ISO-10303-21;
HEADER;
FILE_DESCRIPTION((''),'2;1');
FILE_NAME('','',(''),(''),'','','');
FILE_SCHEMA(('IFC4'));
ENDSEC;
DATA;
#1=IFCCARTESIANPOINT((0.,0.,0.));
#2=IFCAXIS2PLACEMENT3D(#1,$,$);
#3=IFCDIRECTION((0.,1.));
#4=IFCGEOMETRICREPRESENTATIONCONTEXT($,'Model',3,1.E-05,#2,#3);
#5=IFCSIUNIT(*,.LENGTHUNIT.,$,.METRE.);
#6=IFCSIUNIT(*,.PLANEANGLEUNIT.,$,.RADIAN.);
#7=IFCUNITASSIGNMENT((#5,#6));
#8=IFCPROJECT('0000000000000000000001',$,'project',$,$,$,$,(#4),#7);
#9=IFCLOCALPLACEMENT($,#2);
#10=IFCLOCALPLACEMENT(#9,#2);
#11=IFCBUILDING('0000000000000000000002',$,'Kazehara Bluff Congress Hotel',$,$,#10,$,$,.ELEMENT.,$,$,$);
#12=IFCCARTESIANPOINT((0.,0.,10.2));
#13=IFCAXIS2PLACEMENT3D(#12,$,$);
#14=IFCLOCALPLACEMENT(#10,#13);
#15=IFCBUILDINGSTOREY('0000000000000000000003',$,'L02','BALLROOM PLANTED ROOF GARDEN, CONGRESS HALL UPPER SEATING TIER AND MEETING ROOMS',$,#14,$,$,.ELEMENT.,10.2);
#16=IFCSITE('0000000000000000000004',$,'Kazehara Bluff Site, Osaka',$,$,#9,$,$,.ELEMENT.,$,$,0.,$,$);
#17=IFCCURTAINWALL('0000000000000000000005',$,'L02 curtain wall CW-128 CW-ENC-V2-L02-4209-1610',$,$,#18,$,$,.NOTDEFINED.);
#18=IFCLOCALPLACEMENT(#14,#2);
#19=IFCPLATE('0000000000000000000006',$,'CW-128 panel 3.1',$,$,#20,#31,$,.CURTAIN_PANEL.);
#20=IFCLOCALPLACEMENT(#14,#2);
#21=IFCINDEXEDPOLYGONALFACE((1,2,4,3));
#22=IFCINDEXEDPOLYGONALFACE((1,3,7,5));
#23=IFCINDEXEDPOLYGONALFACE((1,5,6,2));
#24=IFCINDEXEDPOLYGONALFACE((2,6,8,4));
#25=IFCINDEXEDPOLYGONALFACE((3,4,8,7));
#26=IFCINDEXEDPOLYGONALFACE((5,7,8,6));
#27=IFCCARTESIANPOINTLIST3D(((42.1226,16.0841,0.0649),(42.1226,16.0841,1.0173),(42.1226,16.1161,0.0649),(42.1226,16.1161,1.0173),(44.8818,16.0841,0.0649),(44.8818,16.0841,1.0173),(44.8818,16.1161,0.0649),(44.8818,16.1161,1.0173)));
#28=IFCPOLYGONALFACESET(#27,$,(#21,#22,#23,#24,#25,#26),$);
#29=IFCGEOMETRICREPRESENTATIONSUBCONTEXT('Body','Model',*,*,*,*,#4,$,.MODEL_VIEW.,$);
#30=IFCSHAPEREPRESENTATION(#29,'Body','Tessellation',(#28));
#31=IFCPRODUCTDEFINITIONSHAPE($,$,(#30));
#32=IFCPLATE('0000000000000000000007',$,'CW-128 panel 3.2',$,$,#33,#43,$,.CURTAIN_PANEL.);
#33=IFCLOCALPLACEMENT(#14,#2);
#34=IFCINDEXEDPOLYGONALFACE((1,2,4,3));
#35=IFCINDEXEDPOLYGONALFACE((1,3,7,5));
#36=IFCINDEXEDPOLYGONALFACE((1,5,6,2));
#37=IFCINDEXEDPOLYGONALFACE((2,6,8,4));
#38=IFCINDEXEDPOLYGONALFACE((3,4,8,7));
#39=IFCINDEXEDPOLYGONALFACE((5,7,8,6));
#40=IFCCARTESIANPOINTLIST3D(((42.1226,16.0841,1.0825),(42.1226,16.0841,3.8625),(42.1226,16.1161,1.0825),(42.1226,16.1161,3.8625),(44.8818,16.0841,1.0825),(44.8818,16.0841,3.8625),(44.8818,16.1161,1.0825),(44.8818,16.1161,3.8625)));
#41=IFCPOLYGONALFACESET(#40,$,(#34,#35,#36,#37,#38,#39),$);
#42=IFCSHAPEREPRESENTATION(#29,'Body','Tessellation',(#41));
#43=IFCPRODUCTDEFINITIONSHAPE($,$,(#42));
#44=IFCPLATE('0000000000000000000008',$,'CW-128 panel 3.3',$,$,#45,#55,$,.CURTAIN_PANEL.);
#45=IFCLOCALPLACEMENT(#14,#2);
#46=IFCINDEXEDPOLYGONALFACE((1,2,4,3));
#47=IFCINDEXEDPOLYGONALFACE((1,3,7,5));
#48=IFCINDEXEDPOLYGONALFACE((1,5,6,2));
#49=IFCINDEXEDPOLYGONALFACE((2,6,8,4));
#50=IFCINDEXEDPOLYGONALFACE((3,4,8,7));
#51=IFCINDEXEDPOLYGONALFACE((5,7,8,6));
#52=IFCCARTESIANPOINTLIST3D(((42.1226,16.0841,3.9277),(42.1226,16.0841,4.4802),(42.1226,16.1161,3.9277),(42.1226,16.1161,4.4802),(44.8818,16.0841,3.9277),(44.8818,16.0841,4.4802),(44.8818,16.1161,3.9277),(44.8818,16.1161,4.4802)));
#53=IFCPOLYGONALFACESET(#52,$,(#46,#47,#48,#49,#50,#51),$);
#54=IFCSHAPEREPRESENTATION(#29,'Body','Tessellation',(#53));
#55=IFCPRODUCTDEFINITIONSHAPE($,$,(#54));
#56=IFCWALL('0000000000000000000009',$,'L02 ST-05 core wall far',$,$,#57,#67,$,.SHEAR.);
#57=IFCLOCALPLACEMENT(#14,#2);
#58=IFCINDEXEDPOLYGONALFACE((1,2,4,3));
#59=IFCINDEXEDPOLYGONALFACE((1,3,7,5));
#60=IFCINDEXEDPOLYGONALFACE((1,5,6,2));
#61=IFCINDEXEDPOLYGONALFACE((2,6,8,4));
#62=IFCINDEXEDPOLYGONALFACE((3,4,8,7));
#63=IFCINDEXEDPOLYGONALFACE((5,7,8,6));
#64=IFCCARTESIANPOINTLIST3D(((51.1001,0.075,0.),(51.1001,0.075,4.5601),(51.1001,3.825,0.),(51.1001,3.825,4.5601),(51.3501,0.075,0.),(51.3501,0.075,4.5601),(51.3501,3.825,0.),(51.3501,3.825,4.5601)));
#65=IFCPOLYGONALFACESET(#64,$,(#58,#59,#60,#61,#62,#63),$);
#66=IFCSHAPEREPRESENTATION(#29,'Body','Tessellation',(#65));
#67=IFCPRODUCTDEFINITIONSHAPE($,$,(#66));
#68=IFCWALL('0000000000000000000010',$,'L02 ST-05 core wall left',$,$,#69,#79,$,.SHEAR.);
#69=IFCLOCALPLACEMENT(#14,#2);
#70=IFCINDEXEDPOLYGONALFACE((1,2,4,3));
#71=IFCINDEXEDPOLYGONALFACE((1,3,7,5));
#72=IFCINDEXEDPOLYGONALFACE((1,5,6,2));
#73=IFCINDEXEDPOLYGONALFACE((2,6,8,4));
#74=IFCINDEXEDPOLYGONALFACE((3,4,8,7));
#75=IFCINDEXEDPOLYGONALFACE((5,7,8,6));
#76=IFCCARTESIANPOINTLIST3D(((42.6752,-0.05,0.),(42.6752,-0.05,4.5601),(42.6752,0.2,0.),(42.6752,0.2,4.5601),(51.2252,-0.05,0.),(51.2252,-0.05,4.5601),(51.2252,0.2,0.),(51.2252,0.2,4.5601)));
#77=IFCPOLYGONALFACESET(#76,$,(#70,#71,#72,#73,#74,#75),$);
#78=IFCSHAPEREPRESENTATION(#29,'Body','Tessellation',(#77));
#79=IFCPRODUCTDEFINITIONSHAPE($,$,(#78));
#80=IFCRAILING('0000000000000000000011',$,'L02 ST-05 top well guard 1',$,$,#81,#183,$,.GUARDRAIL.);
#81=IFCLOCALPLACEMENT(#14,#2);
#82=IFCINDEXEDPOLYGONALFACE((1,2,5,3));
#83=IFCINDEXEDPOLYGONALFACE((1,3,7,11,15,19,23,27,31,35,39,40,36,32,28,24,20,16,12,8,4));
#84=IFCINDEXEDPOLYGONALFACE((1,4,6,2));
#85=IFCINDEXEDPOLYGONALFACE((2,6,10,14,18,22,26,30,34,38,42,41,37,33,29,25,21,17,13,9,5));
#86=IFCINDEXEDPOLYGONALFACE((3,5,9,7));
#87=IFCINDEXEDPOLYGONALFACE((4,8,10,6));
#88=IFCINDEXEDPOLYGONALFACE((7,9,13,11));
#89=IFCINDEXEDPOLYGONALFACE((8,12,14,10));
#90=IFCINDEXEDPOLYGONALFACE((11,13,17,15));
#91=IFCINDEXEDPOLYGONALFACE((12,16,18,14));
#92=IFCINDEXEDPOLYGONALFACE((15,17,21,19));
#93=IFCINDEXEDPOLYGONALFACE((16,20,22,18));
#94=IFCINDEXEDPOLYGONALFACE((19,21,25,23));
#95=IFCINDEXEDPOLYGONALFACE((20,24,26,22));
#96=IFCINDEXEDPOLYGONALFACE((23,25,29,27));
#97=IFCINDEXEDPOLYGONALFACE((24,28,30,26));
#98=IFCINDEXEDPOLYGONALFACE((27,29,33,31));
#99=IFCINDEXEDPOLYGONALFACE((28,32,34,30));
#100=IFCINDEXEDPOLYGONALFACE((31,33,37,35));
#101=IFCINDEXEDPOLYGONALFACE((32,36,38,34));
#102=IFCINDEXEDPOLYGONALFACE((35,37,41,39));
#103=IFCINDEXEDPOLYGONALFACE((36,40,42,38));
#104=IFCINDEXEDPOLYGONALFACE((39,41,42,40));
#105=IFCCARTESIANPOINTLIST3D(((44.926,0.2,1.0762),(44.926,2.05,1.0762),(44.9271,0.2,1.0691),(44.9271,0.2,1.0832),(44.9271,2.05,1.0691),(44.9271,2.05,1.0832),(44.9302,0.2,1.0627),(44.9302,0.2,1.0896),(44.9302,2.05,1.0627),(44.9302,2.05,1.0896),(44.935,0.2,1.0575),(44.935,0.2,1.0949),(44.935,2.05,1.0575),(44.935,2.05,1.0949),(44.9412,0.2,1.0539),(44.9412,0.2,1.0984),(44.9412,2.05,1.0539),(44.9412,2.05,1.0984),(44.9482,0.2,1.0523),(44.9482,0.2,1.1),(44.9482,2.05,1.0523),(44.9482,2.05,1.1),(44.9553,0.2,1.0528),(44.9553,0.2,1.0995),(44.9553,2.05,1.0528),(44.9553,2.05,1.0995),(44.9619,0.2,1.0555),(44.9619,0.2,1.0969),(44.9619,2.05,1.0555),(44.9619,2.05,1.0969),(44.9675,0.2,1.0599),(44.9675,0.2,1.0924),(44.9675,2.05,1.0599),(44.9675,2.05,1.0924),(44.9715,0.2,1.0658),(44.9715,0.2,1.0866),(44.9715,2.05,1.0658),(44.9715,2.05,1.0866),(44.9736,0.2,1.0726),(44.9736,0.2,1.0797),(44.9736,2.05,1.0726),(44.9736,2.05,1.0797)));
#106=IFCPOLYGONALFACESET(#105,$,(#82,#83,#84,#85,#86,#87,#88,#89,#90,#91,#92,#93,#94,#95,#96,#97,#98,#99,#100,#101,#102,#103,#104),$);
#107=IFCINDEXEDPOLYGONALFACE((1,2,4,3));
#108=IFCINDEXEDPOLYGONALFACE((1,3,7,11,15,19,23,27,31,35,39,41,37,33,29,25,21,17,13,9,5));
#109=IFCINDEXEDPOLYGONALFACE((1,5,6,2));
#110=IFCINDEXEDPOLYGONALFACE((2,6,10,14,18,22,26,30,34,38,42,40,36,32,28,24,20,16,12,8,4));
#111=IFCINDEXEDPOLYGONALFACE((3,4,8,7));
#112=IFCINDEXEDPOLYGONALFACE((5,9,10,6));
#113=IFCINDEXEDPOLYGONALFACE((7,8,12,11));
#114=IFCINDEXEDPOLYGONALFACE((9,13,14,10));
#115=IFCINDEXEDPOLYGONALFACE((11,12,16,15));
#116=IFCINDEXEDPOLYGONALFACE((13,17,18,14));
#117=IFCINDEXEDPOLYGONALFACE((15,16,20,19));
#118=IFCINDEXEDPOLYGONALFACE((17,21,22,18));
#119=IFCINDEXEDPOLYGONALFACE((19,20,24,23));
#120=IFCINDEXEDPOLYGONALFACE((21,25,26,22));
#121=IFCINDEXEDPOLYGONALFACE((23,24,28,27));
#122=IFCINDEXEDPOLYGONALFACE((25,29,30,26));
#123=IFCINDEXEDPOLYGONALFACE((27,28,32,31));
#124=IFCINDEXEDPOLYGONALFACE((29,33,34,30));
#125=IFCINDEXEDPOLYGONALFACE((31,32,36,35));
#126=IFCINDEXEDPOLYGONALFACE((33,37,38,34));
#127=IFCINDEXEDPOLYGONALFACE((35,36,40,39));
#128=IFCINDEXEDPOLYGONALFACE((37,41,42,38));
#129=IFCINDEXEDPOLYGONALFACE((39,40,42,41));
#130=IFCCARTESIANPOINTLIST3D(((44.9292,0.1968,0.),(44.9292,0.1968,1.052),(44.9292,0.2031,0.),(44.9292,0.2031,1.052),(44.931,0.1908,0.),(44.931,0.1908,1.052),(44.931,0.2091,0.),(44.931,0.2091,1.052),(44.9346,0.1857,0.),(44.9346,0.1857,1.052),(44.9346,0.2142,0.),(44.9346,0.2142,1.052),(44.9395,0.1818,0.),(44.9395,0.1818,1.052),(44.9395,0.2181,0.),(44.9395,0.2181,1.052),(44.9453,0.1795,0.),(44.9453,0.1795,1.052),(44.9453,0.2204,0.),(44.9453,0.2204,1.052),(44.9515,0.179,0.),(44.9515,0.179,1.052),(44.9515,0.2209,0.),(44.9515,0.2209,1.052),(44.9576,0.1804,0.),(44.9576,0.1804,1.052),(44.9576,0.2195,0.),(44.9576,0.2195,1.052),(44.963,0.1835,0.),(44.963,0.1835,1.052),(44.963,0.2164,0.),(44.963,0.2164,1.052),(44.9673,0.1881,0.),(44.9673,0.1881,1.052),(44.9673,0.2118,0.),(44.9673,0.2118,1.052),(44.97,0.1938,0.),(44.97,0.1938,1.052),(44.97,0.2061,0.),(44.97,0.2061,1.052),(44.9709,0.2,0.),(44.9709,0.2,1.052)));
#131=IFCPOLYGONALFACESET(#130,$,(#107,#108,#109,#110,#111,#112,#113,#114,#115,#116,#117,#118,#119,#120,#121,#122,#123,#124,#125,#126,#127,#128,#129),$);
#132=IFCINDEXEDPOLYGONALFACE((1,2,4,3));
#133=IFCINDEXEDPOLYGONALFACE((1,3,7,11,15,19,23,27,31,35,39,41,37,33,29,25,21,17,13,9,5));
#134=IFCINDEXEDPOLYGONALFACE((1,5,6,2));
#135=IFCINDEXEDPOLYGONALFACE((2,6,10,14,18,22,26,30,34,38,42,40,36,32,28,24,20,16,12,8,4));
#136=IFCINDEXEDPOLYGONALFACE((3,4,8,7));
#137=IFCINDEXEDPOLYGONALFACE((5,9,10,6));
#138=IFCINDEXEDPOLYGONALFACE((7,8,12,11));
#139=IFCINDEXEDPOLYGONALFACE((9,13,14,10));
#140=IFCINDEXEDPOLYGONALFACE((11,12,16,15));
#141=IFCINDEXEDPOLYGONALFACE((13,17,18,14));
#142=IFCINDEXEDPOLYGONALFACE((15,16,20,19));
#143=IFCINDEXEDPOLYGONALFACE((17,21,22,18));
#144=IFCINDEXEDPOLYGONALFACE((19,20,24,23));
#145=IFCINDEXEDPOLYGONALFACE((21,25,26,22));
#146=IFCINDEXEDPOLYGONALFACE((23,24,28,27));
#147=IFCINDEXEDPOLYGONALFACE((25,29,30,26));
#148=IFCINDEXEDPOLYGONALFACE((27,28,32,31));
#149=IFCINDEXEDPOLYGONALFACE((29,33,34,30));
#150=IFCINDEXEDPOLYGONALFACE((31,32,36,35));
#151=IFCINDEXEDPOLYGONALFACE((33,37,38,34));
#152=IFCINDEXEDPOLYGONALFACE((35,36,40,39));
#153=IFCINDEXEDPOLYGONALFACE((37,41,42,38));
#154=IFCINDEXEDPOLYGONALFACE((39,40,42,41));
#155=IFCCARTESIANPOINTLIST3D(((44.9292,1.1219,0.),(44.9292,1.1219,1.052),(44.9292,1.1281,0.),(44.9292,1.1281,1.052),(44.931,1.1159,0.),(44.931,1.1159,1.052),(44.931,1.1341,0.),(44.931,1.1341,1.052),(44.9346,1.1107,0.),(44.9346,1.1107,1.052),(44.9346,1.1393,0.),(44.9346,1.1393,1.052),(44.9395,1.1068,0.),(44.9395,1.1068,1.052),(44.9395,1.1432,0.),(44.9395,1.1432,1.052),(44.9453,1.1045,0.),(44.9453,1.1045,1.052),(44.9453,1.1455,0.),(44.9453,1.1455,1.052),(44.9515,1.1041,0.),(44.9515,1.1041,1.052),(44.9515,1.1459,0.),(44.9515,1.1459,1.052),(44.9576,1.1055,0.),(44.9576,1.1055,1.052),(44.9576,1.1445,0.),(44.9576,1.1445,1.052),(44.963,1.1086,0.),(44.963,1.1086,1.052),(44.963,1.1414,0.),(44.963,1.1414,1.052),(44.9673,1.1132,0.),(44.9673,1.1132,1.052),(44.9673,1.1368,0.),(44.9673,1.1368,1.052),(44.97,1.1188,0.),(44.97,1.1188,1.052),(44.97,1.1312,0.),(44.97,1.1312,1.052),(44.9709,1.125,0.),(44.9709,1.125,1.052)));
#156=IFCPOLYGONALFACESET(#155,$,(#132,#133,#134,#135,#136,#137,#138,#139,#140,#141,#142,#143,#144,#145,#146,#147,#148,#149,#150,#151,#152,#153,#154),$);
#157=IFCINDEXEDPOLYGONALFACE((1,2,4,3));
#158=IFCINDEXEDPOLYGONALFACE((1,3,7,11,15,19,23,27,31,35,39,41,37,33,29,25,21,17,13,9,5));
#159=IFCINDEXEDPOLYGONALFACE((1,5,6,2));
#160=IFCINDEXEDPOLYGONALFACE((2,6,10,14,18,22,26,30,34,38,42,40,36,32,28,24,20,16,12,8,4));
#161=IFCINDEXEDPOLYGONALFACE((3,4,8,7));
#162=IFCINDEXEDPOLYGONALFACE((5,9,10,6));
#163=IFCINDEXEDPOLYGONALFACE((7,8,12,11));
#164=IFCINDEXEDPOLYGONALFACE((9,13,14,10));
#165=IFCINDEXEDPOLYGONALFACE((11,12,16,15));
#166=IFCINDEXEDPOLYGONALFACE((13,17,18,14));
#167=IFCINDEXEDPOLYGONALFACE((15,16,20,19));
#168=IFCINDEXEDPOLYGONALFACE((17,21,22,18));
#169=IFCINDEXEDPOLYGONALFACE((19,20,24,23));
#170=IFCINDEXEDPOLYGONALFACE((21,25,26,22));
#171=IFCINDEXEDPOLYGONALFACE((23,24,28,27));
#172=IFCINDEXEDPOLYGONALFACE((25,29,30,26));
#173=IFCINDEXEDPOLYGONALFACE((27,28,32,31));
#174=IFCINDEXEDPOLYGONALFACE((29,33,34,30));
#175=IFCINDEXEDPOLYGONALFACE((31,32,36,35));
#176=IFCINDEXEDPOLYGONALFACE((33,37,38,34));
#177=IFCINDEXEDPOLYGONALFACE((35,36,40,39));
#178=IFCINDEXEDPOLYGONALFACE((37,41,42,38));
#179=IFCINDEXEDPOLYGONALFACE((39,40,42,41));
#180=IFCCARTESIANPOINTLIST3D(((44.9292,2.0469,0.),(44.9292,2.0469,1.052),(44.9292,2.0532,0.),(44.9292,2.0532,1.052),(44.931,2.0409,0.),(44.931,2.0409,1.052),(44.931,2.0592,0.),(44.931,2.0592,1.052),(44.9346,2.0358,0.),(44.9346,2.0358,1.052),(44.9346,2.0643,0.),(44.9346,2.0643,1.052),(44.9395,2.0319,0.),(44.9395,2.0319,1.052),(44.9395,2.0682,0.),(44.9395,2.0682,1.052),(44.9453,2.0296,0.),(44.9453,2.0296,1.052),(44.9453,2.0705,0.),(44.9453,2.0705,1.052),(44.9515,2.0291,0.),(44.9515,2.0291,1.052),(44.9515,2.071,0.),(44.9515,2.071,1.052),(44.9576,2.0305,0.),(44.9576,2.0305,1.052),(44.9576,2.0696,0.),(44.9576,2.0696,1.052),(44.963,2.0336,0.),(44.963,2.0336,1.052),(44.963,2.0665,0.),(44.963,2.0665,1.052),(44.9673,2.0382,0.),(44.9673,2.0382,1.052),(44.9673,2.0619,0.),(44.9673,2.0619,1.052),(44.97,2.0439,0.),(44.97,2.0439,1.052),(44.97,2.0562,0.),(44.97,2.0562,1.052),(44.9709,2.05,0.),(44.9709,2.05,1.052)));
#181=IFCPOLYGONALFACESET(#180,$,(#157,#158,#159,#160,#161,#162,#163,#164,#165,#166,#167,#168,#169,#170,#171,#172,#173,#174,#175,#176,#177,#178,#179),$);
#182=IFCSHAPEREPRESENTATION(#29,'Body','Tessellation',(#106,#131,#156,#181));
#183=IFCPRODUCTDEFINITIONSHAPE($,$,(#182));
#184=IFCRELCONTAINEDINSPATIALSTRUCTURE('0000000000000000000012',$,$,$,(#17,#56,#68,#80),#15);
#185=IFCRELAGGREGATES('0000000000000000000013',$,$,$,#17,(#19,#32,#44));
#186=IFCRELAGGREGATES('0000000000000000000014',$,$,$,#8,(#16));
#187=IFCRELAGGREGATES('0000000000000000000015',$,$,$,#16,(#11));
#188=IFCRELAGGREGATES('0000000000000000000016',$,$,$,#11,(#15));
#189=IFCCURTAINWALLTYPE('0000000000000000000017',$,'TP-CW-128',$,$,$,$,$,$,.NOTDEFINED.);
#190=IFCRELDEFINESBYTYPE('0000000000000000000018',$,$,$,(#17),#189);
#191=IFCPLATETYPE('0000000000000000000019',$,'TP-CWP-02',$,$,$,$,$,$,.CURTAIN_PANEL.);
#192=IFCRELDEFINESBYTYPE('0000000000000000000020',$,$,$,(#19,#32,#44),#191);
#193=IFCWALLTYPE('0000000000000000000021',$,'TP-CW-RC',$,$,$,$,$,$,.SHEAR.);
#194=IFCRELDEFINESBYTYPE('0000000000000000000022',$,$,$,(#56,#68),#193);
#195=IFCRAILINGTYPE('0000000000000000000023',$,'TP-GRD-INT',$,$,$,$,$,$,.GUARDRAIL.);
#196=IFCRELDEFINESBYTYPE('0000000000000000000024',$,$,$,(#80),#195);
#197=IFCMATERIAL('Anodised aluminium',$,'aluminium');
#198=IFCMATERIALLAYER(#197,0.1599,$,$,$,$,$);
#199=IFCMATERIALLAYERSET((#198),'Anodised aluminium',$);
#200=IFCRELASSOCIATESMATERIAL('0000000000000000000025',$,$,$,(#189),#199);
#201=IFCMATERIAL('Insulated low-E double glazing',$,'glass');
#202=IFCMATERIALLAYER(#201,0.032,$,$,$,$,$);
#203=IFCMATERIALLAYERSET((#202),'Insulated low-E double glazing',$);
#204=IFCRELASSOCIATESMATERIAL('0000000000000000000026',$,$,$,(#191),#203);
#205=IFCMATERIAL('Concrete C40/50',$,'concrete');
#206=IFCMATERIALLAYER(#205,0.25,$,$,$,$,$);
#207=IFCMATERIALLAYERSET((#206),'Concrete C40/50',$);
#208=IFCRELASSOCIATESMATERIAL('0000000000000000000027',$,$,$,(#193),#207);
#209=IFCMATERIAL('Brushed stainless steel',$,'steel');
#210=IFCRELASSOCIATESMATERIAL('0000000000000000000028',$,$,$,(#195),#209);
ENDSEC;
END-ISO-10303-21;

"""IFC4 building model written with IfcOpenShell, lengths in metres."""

from ifc_helpers import new_model, si_unit, direction, frame, frame_2d, origin, origin_2d, place, context, subcontext, project, spatial, rectangle, circle, extrude, material, layer, layer_set, type_object, element, aggregate, save


model = new_model("IFC4")

# Units and contexts
model_context = context("Model", 3, precision=1e-05, world=origin(), true_north=direction((0.0, 1.0)))
body_context = subcontext(model_context, "Body", "Model", "MODEL_VIEW")
ifc_project = project(units=[si_unit("LENGTHUNIT", "METRE"), si_unit("PLANEANGLEUNIT", "RADIAN")], contexts=[model_context])

# Site, building, storey
site_placement = place(None, origin())
site = spatial("IfcSite", under=ifc_project, at=site_placement, Name="Kazehara Bluff Site, Osaka", CompositionType="ELEMENT", RefElevation=0.0)
building_placement = place(site_placement, origin())
building = spatial("IfcBuilding", under=site, at=building_placement, Name="Kazehara Bluff Congress Hotel", CompositionType="ELEMENT")
storey_placement = place(building_placement, frame((0.0, 0.0, 10.2)))
storey = spatial("IfcBuildingStorey", under=building, at=storey_placement, Name="L02", Description="BALLROOM PLANTED ROOF GARDEN, CONGRESS HALL UPPER SEATING TIER AND MEETING ROOMS", CompositionType="ELEMENT", Elevation=10.2)

# Curtain wall
ifc_material_1 = material(Name="Anodised aluminium", Category="aluminium")
ifc_layer_1 = layer(ifc_material_1, 0.1599)
ifc_layer_set_1 = layer_set([ifc_layer_1], Name="Anodised aluminium")
curtain_wall_type = type_object("IfcCurtainWallType", Name="TP-CW-128", PredefinedType="NOTDEFINED", material=ifc_layer_set_1)
curtain_wall_placement = place(storey_placement, origin())
curtain_wall = element("IfcCurtainWall", 1, at=curtain_wall_placement, inside=storey, type_object=curtain_wall_type, Name="L02 curtain wall CW-128 CW-ENC-V2-L02-4209-1610", PredefinedType="NOTDEFINED")

# Plates
ifc_material_2 = material(Name="Insulated low-E double glazing", Category="glass")
ifc_layer_2 = layer(ifc_material_2, 0.032)
ifc_layer_set_2 = layer_set([ifc_layer_2], Name="Insulated low-E double glazing")
plate_type = type_object("IfcPlateType", Name="TP-CWP-02", PredefinedType="CURTAIN_PANEL", material=ifc_layer_set_2)
plate_1_placement = place(storey_placement, frame((43.5022, 16.1001, 0.0649), z_axis=(0.0, 0.0, 1.0), x_axis=(-1.0, 0.0, 0.0)))
plate_1 = element("IfcPlate", 2, at=plate_1_placement, type_object=plate_type, Name="CW-128 panel 3.1", PredefinedType="CURTAIN_PANEL", context=body_context, shape_type="SweptSolid", body=[
    extrude(rectangle(XDim=2.7593, YDim=0.032, at=origin_2d()), origin(), (0.0, 0.0, 1.0), 0.9524),
])
plate_2_placement = place(storey_placement, frame((43.5022, 16.1001, 1.0825), z_axis=(0.0, 0.0, 1.0), x_axis=(-1.0, 0.0, 0.0)))
plate_2 = element("IfcPlate", 3, at=plate_2_placement, type_object=plate_type, Name="CW-128 panel 3.2", PredefinedType="CURTAIN_PANEL", context=body_context, shape_type="SweptSolid", body=[
    extrude(rectangle(XDim=2.7593, YDim=0.032, at=origin_2d()), origin(), (0.0, 0.0, 1.0), 2.78),
])
plate_3_placement = place(storey_placement, frame((43.5022, 16.1001, 3.9277), z_axis=(0.0, 0.0, 1.0), x_axis=(-1.0, 0.0, 0.0)))
plate_3 = element("IfcPlate", 4, at=plate_3_placement, type_object=plate_type, Name="CW-128 panel 3.3", PredefinedType="CURTAIN_PANEL", context=body_context, shape_type="SweptSolid", body=[
    extrude(rectangle(XDim=2.7593, YDim=0.032, at=origin_2d()), origin(), (0.0, 0.0, 1.0), 0.5525),
])
aggregate(curtain_wall, [plate_1, plate_2, plate_3])

# Walls
ifc_material_3 = material(Name="Concrete C40/50", Category="concrete")
ifc_layer_3 = layer(ifc_material_3, 0.25)
ifc_layer_set_3 = layer_set([ifc_layer_3], Name="Concrete C40/50")
wall_type = type_object("IfcWallType", Name="TP-CW-RC", PredefinedType="SHEAR", material=ifc_layer_set_3)
wall_1_placement = place(storey_placement, frame((51.2251, 3.825, 0.0), z_axis=(0.0, 0.0, 1.0), x_axis=(0.0, -1.0, 0.0)))
element("IfcWall", 5, at=wall_1_placement, inside=storey, type_object=wall_type, Name="L02 ST-05 core wall far", PredefinedType="SHEAR", context=body_context, shape_type="SweptSolid", body=[
    extrude(rectangle(XDim=3.75, YDim=0.25, at=frame_2d((1.875, 0.0))), origin(), (0.0, 0.0, 1.0), 4.5601),
])
wall_2_placement = place(storey_placement, frame((51.2251, 0.075, 0.0), z_axis=(0.0, 0.0, 1.0), x_axis=(-1.0, 0.0, 0.0)))
element("IfcWall", 6, at=wall_2_placement, inside=storey, type_object=wall_type, Name="L02 ST-05 core wall left", PredefinedType="SHEAR", context=body_context, shape_type="SweptSolid", body=[
    extrude(rectangle(XDim=8.55, YDim=0.25, at=frame_2d((4.2749, 0.0))), origin(), (0.0, 0.0, 1.0), 4.5601),
])

# Railing
ifc_material_4 = material(Name="Brushed stainless steel", Category="steel")
railing_type = type_object("IfcRailingType", Name="TP-GRD-INT", PredefinedType="GUARDRAIL", material=ifc_material_4)
railing_placement = place(storey_placement, frame((44.95, 0.2, 0.0)))
element("IfcRailing", 7, at=railing_placement, inside=storey, type_object=railing_type, Name="L02 ST-05 top well guard 1", PredefinedType="GUARDRAIL", context=body_context, shape_type="SweptSolid", body=[
    extrude(circle(Radius=0.0239, at=origin_2d()), frame((0.0, 0.0, 1.0762), z_axis=(0.0, 1.0, 0.0), x_axis=(-1.0, 0.0, 0.0)), (0.0, 0.0, 1.0), 1.8501),
    extrude(circle(Radius=0.021, at=origin_2d()), origin(), (0.0, 0.0, 1.0), 1.052),
    extrude(circle(Radius=0.021, at=origin_2d()), frame((0.0, 0.925, 0.0)), (0.0, 0.0, 1.0), 1.052),
    extrude(circle(Radius=0.021, at=origin_2d()), frame((0.0, 1.8501, 0.0)), (0.0, 0.0, 1.0), 1.052),
])

save(model, "model.ifc")
